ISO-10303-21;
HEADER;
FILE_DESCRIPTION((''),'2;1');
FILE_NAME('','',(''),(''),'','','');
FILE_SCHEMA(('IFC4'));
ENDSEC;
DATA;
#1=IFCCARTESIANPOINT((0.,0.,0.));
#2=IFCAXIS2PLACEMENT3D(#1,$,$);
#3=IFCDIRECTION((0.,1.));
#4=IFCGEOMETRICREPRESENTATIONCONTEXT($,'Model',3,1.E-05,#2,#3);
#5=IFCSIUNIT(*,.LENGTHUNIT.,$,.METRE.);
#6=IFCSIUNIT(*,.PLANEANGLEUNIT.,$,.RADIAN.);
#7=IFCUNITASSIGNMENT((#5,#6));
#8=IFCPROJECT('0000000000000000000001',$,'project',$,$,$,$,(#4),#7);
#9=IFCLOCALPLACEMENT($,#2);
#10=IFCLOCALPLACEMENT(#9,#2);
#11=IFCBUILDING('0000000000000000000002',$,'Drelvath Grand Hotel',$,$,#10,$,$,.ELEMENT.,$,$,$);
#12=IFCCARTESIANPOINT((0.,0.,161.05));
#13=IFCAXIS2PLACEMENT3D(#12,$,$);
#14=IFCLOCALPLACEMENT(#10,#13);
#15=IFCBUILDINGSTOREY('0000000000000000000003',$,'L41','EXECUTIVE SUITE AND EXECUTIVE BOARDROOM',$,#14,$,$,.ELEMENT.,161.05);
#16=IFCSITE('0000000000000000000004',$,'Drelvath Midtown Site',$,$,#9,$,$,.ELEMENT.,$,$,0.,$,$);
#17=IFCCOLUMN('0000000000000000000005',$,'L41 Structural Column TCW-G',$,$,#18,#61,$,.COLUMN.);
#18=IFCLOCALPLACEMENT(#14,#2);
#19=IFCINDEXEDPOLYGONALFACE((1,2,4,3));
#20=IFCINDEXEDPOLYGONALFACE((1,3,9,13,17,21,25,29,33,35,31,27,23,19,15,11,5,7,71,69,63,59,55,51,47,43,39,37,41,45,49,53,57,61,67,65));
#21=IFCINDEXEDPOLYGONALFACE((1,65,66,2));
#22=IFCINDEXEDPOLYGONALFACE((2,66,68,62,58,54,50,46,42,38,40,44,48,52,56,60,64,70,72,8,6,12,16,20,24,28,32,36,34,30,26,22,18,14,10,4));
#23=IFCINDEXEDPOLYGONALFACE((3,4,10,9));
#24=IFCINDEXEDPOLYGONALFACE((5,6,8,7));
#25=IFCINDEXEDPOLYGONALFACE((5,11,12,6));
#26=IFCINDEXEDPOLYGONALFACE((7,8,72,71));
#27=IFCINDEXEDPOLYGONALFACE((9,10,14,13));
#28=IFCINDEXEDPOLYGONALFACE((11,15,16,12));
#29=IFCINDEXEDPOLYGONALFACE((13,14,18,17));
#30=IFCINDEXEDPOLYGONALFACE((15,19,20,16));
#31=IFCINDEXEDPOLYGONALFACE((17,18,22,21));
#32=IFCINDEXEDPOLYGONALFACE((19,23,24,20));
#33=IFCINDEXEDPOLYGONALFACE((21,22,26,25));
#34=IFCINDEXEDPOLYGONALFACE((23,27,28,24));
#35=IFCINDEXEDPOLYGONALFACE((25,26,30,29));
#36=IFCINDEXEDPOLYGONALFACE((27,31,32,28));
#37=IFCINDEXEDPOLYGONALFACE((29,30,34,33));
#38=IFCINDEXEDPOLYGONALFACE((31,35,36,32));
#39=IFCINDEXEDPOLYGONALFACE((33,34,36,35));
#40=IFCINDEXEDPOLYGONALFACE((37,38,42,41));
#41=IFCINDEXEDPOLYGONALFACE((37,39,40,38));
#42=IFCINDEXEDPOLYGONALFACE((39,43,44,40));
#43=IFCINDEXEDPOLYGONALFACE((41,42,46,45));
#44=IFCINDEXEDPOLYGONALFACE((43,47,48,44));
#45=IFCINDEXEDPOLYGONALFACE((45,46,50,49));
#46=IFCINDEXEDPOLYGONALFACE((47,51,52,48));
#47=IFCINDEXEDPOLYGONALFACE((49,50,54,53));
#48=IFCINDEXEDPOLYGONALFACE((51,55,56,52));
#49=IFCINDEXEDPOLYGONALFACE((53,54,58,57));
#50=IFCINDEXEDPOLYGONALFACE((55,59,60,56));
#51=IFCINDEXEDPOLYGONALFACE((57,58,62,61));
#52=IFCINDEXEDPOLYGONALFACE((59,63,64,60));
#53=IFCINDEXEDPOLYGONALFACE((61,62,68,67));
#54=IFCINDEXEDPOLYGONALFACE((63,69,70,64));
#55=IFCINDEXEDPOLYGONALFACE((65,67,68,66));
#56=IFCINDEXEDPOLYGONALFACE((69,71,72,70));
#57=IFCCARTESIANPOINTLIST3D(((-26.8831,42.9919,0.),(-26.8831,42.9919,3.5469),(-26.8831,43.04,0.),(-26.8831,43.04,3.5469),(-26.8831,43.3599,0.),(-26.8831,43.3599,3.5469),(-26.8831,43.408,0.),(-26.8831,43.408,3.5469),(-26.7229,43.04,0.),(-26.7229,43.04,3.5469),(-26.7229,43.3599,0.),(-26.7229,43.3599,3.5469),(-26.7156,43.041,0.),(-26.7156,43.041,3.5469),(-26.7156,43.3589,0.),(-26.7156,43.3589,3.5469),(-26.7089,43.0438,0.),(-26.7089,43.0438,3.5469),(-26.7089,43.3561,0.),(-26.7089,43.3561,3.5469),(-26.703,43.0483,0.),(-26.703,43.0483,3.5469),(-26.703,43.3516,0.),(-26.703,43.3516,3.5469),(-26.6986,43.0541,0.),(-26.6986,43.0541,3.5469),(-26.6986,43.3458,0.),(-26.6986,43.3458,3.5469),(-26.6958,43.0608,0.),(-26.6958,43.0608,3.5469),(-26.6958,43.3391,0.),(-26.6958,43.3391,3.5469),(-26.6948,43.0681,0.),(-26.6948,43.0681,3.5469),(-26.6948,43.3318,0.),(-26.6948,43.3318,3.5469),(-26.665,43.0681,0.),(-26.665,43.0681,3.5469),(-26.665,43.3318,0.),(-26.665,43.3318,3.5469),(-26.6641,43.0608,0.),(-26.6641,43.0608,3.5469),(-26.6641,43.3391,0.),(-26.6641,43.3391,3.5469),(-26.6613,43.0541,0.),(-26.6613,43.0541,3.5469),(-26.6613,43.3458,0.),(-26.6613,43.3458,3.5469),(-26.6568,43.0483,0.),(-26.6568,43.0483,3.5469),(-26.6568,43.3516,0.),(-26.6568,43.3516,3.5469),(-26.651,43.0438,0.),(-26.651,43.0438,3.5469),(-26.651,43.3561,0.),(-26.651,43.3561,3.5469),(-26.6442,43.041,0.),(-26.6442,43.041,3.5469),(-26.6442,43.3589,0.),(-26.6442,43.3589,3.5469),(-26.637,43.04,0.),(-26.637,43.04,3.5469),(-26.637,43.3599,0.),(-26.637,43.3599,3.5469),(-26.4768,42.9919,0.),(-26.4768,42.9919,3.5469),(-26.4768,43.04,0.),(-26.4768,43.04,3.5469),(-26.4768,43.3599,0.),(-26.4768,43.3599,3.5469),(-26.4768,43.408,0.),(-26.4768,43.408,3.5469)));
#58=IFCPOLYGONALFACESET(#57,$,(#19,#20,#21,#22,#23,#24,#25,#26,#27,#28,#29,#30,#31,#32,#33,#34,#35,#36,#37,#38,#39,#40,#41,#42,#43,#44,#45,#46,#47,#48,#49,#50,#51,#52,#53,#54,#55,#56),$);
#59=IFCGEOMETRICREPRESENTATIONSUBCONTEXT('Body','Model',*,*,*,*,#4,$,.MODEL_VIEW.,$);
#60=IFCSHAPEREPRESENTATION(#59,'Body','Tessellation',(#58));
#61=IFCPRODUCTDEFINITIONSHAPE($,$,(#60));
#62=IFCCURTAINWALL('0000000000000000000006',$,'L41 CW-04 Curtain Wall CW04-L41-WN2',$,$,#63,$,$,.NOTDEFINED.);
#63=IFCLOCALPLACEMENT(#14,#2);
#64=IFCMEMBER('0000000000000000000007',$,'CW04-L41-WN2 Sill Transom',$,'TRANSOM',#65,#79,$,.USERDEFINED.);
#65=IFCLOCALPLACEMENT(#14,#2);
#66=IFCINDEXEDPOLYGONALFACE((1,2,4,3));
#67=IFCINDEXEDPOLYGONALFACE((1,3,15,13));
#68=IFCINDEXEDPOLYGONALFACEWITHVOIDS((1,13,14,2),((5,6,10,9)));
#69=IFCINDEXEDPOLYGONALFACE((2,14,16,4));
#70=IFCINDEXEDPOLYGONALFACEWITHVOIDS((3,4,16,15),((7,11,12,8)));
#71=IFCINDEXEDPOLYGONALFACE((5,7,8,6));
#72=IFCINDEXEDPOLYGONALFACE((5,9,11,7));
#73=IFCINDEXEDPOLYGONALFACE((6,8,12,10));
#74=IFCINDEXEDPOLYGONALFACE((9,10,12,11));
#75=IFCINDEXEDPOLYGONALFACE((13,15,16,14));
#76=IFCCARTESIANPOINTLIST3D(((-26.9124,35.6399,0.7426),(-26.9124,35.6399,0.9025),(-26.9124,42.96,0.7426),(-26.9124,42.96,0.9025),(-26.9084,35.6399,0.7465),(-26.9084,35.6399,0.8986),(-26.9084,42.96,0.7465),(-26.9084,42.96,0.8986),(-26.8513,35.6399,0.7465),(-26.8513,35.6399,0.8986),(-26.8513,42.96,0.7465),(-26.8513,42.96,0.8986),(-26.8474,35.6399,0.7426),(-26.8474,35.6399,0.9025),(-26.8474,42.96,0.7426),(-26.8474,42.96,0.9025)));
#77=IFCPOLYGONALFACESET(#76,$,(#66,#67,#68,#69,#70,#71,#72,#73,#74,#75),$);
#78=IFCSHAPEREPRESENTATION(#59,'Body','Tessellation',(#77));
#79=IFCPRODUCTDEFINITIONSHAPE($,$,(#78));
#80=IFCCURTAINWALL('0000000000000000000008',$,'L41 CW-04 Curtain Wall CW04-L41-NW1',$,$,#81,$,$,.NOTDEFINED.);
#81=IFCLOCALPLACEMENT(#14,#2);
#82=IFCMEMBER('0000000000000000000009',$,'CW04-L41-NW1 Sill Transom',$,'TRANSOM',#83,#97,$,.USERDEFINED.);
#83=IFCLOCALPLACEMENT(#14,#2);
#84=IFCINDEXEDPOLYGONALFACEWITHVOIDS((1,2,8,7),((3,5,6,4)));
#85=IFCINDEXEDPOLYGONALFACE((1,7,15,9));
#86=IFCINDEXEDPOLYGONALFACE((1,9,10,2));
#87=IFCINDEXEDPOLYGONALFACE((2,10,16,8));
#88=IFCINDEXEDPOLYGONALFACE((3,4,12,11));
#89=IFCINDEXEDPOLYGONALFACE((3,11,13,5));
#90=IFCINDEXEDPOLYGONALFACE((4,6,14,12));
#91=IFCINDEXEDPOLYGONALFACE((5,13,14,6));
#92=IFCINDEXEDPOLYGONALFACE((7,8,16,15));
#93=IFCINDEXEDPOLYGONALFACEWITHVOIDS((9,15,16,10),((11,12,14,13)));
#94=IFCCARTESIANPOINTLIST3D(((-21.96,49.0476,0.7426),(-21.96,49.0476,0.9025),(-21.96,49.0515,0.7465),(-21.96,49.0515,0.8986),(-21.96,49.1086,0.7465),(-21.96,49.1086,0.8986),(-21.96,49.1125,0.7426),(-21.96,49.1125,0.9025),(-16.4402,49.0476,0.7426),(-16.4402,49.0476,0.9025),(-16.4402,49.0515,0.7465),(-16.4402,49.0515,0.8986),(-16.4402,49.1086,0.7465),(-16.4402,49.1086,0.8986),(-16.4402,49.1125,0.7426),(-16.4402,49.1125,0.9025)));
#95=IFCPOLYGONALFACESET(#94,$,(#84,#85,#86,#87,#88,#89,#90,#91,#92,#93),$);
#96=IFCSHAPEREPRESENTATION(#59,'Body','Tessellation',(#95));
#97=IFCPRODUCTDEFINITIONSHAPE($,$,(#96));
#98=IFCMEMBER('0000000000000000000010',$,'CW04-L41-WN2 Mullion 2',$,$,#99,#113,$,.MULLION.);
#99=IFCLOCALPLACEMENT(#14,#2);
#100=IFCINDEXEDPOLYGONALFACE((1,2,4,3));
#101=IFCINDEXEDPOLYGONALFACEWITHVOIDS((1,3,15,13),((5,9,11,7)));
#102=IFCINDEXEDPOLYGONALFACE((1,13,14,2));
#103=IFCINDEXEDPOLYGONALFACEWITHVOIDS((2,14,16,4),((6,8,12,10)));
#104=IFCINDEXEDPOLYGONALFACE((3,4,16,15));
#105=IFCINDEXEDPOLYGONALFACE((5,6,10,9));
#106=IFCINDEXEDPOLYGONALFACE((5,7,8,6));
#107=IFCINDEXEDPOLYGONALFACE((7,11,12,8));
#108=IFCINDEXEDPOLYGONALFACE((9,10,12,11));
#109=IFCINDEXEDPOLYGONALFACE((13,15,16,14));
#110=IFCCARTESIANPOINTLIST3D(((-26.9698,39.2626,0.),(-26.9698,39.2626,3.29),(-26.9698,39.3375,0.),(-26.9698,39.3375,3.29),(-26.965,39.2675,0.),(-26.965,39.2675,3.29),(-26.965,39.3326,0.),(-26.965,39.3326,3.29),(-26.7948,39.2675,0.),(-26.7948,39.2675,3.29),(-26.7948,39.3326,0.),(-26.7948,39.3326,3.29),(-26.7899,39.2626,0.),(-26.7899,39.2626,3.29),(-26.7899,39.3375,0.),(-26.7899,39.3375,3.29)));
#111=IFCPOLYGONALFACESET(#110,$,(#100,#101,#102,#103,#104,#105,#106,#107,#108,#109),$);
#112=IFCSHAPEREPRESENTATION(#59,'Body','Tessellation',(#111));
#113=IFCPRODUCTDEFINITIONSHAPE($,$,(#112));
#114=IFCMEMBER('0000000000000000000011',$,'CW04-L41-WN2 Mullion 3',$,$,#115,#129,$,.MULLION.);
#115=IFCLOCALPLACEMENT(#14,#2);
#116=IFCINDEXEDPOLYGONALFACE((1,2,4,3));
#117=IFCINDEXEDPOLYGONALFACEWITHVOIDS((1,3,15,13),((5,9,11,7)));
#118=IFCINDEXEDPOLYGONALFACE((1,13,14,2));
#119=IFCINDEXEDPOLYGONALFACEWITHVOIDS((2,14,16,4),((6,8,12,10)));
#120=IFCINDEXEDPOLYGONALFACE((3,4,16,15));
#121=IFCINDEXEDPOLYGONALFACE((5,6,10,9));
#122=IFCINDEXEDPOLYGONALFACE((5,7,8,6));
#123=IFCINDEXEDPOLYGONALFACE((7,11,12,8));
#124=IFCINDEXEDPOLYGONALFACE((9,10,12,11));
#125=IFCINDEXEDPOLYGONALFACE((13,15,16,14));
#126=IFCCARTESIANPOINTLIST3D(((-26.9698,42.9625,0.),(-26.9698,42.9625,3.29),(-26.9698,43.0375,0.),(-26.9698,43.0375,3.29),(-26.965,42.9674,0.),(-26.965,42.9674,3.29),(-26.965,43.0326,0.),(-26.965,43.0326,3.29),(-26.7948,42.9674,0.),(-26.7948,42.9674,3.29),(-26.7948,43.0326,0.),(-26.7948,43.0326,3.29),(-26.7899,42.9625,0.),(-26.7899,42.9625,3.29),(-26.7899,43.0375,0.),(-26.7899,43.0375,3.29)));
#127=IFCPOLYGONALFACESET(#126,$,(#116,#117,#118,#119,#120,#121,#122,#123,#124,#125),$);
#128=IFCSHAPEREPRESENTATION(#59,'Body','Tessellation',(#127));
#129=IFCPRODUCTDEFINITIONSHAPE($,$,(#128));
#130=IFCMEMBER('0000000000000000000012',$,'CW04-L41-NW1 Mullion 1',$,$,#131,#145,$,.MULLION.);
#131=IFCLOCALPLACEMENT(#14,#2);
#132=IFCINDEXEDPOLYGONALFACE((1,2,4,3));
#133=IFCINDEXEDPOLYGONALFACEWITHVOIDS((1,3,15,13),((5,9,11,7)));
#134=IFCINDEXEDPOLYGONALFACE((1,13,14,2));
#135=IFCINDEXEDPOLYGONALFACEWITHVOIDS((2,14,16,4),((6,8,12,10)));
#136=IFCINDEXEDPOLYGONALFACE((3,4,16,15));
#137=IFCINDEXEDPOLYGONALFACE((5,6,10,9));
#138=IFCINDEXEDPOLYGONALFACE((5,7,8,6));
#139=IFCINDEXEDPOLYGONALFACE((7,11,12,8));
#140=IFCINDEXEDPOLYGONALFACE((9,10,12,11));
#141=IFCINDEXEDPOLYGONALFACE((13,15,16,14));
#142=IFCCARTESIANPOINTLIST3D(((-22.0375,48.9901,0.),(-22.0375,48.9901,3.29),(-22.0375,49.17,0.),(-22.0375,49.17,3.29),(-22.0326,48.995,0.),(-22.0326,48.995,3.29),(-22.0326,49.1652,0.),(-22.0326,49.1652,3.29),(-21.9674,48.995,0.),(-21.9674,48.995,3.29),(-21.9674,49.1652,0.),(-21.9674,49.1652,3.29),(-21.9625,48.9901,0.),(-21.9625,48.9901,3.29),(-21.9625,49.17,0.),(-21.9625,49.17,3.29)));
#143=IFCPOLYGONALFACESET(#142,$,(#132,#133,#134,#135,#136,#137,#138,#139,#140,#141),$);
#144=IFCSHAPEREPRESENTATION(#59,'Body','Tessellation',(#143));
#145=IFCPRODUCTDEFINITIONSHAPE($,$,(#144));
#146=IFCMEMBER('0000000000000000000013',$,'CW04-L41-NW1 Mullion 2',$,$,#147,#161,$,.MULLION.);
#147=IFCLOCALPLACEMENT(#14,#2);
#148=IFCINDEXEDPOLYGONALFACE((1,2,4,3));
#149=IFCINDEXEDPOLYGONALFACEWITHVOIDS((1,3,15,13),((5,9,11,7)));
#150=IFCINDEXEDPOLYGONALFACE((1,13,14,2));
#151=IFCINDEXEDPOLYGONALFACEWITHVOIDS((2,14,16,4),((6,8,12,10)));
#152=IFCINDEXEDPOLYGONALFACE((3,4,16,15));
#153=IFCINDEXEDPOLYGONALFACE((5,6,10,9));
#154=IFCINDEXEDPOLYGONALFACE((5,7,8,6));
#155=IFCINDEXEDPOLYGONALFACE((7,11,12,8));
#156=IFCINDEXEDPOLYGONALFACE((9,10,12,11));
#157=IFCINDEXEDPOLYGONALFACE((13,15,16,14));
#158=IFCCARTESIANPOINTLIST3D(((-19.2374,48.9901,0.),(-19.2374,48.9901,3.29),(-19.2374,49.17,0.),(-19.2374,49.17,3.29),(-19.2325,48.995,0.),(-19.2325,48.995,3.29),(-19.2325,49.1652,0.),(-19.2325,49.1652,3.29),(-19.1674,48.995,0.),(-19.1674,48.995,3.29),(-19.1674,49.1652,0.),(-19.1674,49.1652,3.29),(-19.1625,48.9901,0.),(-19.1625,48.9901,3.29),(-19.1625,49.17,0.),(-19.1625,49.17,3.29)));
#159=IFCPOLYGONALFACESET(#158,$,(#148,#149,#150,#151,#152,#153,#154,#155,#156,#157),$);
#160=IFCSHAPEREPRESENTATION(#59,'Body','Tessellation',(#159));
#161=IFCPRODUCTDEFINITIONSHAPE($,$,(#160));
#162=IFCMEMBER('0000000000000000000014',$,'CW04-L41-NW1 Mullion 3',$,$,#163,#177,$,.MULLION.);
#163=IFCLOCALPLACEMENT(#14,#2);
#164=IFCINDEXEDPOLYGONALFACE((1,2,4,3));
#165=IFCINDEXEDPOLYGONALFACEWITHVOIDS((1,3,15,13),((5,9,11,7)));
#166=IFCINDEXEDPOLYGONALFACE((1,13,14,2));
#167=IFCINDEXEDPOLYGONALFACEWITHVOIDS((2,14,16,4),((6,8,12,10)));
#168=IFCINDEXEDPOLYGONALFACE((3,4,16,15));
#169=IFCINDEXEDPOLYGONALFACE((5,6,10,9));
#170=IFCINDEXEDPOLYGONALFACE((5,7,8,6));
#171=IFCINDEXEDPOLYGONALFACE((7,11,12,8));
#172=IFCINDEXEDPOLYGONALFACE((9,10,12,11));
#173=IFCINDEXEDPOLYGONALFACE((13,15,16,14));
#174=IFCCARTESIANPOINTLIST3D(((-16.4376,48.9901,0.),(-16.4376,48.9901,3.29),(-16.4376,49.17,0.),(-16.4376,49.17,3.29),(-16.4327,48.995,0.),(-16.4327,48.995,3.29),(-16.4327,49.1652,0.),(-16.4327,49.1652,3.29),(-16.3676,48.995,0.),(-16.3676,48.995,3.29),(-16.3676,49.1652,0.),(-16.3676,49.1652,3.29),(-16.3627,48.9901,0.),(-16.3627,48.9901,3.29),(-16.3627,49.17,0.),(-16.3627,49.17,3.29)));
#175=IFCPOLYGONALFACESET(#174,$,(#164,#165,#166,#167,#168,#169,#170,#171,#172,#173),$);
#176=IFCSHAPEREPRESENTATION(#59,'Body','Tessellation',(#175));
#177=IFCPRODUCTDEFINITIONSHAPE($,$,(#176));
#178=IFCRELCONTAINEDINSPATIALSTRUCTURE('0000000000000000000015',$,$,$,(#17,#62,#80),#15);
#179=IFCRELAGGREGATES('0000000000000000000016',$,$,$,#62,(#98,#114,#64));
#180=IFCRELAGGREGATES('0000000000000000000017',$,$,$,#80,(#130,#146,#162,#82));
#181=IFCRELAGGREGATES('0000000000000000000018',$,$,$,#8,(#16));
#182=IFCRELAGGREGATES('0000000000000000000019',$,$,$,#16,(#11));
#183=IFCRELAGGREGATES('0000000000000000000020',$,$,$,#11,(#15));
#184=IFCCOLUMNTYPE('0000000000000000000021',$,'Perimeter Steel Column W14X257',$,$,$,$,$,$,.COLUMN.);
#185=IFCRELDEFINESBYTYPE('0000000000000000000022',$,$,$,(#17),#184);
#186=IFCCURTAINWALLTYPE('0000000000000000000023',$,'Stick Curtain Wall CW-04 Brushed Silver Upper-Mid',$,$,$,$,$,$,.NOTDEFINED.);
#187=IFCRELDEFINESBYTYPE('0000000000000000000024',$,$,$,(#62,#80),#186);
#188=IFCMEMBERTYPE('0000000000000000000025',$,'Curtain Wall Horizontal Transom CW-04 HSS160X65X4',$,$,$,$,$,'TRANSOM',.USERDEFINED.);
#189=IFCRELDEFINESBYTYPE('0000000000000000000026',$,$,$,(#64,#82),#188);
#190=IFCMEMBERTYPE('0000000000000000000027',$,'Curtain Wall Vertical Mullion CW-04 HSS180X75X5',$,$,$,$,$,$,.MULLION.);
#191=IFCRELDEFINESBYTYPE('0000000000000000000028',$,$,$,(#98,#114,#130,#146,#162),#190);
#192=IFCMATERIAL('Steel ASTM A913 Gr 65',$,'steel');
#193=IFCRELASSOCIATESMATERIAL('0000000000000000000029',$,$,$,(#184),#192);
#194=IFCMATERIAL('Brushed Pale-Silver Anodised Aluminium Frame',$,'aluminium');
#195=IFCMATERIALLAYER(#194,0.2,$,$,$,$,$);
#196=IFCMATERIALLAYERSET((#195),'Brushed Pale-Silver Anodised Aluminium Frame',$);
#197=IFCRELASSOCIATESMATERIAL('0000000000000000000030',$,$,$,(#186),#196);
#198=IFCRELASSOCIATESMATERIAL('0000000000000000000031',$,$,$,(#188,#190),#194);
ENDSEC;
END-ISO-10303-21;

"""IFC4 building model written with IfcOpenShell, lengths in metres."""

from ifc_helpers import new_model, si_unit, direction, frame, origin, origin_2d, place, context, subcontext, project, spatial, hollow_rectangle, i_section, extrude, material, layer, layer_set, material_profile, profile_set, type_object, element, aggregate, save


model = new_model("IFC4")

# Units and contexts
model_context = context("Model", 3, precision=1e-05, world=origin(), true_north=direction((0.0, 1.0)))
body_context = subcontext(model_context, "Body", "Model", "MODEL_VIEW")
ifc_project = project(units=[si_unit("LENGTHUNIT", "METRE"), si_unit("PLANEANGLEUNIT", "RADIAN")], contexts=[model_context])

# Site, building, storey
site_placement = place(None, origin())
site = spatial("IfcSite", under=ifc_project, at=site_placement, Name="Drelvath Midtown Site", CompositionType="ELEMENT", RefElevation=0.0)
building_placement = place(site_placement, origin())
building = spatial("IfcBuilding", under=site, at=building_placement, Name="Drelvath Grand Hotel", CompositionType="ELEMENT")
storey_placement = place(building_placement, frame((0.0, 0.0, 161.05)))
storey = spatial("IfcBuildingStorey", under=building, at=storey_placement, Name="L41", Description="EXECUTIVE SUITE AND EXECUTIVE BOARDROOM", CompositionType="ELEMENT", Elevation=161.05)

# Column
ifc_material_1 = material(Name="Steel ASTM A913 Gr 65", Category="steel")
ifc_material_profile_1 = material_profile(ifc_material_1, i_section(OverallWidth=0.4062, OverallDepth=0.416, WebThickness=0.0298, FlangeThickness=0.0481, FilletRadius=0.0281, at=origin_2d()), Name="W14X257")
ifc_profile_set_1 = profile_set([ifc_material_profile_1], Name="Steel ASTM A913 Gr 65")
column_type = type_object("IfcColumnType", Name="Perimeter Steel Column W14X257", PredefinedType="COLUMN", material=ifc_profile_set_1)
column_placement = place(storey_placement, frame((-26.6799, 43.2, 0.0), z_axis=(0.0, 0.0, 1.0), x_axis=(1.0, 0.0, 0.0)))
element("IfcColumn", 1, at=column_placement, inside=storey, type_object=column_type, Name="L41 Structural Column TCW-G", PredefinedType="COLUMN", context=body_context, shape_type="SweptSolid", body=[
    extrude(i_section(OverallWidth=0.4062, OverallDepth=0.416, WebThickness=0.0298, FlangeThickness=0.0481, FilletRadius=0.0281, at=origin_2d()), origin(), (0.0, 0.0, 1.0), 3.5469),
])

# Curtain walls, members
ifc_material_2 = material(Name="Brushed Pale-Silver Anodised Aluminium Frame", Category="aluminium")
ifc_layer_1 = layer(ifc_material_2, 0.2)
ifc_layer_set_1 = layer_set([ifc_layer_1], Name="Brushed Pale-Silver Anodised Aluminium Frame")
curtain_wall_type = type_object("IfcCurtainWallType", Name="Stick Curtain Wall CW-04 Brushed Silver Upper-Mid", PredefinedType="NOTDEFINED", material=ifc_layer_set_1)
curtain_wall_1_placement = place(storey_placement, origin())
curtain_wall_1 = element("IfcCurtainWall", 2, at=curtain_wall_1_placement, inside=storey, type_object=curtain_wall_type, Name="L41 CW-04 Curtain Wall CW04-L41-WN2", PredefinedType="NOTDEFINED")
ifc_material_profile_2 = material_profile(ifc_material_2, hollow_rectangle(XDim=0.0649, YDim=0.1599, WallThickness=0.0039, at=origin_2d()), Name="HSS160X65X4")
ifc_profile_set_2 = profile_set([ifc_material_profile_2], Name="Brushed Pale-Silver Anodised Aluminium Frame")
member_type_1 = type_object("IfcMemberType", Name="Curtain Wall Horizontal Transom CW-04 HSS160X65X4", ElementType="TRANSOM", PredefinedType="USERDEFINED", material=ifc_profile_set_2)
member_1_placement = place(storey_placement, frame((-26.8799, 35.6399, 0.8225), z_axis=(0.0, 1.0, 0.0), x_axis=(-1.0, 0.0, 0.0)))
member_1 = element("IfcMember", 3, at=member_1_placement, type_object=member_type_1, Name="CW04-L41-WN2 Sill Transom", ObjectType="TRANSOM", PredefinedType="USERDEFINED", context=body_context, shape_type="SweptSolid", body=[
    extrude(hollow_rectangle(XDim=0.0649, YDim=0.1599, WallThickness=0.0039, at=origin_2d()), origin(), (0.0, 0.0, 1.0), 7.3201),
])
curtain_wall_2_placement = place(storey_placement, origin())
curtain_wall_2 = element("IfcCurtainWall", 4, at=curtain_wall_2_placement, inside=storey, type_object=curtain_wall_type, Name="L41 CW-04 Curtain Wall CW04-L41-NW1", PredefinedType="NOTDEFINED")
member_2_placement = place(storey_placement, frame((-21.96, 49.0801, 0.8225), z_axis=(1.0, 0.0, 0.0), x_axis=(0.0, 1.0, 0.0)))
member_2 = element("IfcMember", 5, at=member_2_placement, type_object=member_type_1, Name="CW04-L41-NW1 Sill Transom", ObjectType="TRANSOM", PredefinedType="USERDEFINED", context=body_context, shape_type="SweptSolid", body=[
    extrude(hollow_rectangle(XDim=0.0649, YDim=0.1599, WallThickness=0.0039, at=origin_2d()), origin(), (0.0, 0.0, 1.0), 5.5198),
])

# Members
ifc_material_profile_3 = material_profile(ifc_material_2, hollow_rectangle(XDim=0.075, YDim=0.1799, WallThickness=0.0049, at=origin_2d()), Name="HSS180X75X5")
ifc_profile_set_3 = profile_set([ifc_material_profile_3], Name="Brushed Pale-Silver Anodised Aluminium Frame")
member_type_2 = type_object("IfcMemberType", Name="Curtain Wall Vertical Mullion CW-04 HSS180X75X5", PredefinedType="MULLION", material=ifc_profile_set_3)
member_3_placement = place(storey_placement, frame((-26.8799, 39.3, 0.0), z_axis=(0.0, 0.0, 1.0), x_axis=(0.0, 1.0, 0.0)))
member_3 = element("IfcMember", 6, at=member_3_placement, type_object=member_type_2, Name="CW04-L41-WN2 Mullion 2", PredefinedType="MULLION", context=body_context, shape_type="SweptSolid", body=[
    extrude(hollow_rectangle(XDim=0.075, YDim=0.1799, WallThickness=0.0049, at=origin_2d()), origin(), (0.0, 0.0, 1.0), 3.29),
])
member_4_placement = place(storey_placement, frame((-26.8799, 43.0, 0.0), z_axis=(0.0, 0.0, 1.0), x_axis=(0.0, 1.0, 0.0)))
member_4 = element("IfcMember", 7, at=member_4_placement, type_object=member_type_2, Name="CW04-L41-WN2 Mullion 3", PredefinedType="MULLION", context=body_context, shape_type="SweptSolid", body=[
    extrude(hollow_rectangle(XDim=0.075, YDim=0.1799, WallThickness=0.0049, at=origin_2d()), origin(), (0.0, 0.0, 1.0), 3.29),
])
member_5_placement = place(storey_placement, frame((-22.0, 49.0801, 0.0), z_axis=(0.0, 0.0, 1.0), x_axis=(1.0, 0.0, 0.0)))
member_5 = element("IfcMember", 8, at=member_5_placement, type_object=member_type_2, Name="CW04-L41-NW1 Mullion 1", PredefinedType="MULLION", context=body_context, shape_type="SweptSolid", body=[
    extrude(hollow_rectangle(XDim=0.075, YDim=0.1799, WallThickness=0.0049, at=origin_2d()), origin(), (0.0, 0.0, 1.0), 3.29),
])
member_6_placement = place(storey_placement, frame((-19.2, 49.0801, 0.0), z_axis=(0.0, 0.0, 1.0), x_axis=(1.0, 0.0, 0.0)))
member_6 = element("IfcMember", 9, at=member_6_placement, type_object=member_type_2, Name="CW04-L41-NW1 Mullion 2", PredefinedType="MULLION", context=body_context, shape_type="SweptSolid", body=[
    extrude(hollow_rectangle(XDim=0.075, YDim=0.1799, WallThickness=0.0049, at=origin_2d()), origin(), (0.0, 0.0, 1.0), 3.29),
])
member_7_placement = place(storey_placement, frame((-16.4001, 49.0801, 0.0), z_axis=(0.0, 0.0, 1.0), x_axis=(1.0, 0.0, 0.0)))
member_7 = element("IfcMember", 10, at=member_7_placement, type_object=member_type_2, Name="CW04-L41-NW1 Mullion 3", PredefinedType="MULLION", context=body_context, shape_type="SweptSolid", body=[
    extrude(hollow_rectangle(XDim=0.075, YDim=0.1799, WallThickness=0.0049, at=origin_2d()), origin(), (0.0, 0.0, 1.0), 3.29),
])

aggregate(curtain_wall_1, [member_3, member_4, member_1])
aggregate(curtain_wall_2, [member_5, member_6, member_7, member_2])

save(model, "model.ifc")
